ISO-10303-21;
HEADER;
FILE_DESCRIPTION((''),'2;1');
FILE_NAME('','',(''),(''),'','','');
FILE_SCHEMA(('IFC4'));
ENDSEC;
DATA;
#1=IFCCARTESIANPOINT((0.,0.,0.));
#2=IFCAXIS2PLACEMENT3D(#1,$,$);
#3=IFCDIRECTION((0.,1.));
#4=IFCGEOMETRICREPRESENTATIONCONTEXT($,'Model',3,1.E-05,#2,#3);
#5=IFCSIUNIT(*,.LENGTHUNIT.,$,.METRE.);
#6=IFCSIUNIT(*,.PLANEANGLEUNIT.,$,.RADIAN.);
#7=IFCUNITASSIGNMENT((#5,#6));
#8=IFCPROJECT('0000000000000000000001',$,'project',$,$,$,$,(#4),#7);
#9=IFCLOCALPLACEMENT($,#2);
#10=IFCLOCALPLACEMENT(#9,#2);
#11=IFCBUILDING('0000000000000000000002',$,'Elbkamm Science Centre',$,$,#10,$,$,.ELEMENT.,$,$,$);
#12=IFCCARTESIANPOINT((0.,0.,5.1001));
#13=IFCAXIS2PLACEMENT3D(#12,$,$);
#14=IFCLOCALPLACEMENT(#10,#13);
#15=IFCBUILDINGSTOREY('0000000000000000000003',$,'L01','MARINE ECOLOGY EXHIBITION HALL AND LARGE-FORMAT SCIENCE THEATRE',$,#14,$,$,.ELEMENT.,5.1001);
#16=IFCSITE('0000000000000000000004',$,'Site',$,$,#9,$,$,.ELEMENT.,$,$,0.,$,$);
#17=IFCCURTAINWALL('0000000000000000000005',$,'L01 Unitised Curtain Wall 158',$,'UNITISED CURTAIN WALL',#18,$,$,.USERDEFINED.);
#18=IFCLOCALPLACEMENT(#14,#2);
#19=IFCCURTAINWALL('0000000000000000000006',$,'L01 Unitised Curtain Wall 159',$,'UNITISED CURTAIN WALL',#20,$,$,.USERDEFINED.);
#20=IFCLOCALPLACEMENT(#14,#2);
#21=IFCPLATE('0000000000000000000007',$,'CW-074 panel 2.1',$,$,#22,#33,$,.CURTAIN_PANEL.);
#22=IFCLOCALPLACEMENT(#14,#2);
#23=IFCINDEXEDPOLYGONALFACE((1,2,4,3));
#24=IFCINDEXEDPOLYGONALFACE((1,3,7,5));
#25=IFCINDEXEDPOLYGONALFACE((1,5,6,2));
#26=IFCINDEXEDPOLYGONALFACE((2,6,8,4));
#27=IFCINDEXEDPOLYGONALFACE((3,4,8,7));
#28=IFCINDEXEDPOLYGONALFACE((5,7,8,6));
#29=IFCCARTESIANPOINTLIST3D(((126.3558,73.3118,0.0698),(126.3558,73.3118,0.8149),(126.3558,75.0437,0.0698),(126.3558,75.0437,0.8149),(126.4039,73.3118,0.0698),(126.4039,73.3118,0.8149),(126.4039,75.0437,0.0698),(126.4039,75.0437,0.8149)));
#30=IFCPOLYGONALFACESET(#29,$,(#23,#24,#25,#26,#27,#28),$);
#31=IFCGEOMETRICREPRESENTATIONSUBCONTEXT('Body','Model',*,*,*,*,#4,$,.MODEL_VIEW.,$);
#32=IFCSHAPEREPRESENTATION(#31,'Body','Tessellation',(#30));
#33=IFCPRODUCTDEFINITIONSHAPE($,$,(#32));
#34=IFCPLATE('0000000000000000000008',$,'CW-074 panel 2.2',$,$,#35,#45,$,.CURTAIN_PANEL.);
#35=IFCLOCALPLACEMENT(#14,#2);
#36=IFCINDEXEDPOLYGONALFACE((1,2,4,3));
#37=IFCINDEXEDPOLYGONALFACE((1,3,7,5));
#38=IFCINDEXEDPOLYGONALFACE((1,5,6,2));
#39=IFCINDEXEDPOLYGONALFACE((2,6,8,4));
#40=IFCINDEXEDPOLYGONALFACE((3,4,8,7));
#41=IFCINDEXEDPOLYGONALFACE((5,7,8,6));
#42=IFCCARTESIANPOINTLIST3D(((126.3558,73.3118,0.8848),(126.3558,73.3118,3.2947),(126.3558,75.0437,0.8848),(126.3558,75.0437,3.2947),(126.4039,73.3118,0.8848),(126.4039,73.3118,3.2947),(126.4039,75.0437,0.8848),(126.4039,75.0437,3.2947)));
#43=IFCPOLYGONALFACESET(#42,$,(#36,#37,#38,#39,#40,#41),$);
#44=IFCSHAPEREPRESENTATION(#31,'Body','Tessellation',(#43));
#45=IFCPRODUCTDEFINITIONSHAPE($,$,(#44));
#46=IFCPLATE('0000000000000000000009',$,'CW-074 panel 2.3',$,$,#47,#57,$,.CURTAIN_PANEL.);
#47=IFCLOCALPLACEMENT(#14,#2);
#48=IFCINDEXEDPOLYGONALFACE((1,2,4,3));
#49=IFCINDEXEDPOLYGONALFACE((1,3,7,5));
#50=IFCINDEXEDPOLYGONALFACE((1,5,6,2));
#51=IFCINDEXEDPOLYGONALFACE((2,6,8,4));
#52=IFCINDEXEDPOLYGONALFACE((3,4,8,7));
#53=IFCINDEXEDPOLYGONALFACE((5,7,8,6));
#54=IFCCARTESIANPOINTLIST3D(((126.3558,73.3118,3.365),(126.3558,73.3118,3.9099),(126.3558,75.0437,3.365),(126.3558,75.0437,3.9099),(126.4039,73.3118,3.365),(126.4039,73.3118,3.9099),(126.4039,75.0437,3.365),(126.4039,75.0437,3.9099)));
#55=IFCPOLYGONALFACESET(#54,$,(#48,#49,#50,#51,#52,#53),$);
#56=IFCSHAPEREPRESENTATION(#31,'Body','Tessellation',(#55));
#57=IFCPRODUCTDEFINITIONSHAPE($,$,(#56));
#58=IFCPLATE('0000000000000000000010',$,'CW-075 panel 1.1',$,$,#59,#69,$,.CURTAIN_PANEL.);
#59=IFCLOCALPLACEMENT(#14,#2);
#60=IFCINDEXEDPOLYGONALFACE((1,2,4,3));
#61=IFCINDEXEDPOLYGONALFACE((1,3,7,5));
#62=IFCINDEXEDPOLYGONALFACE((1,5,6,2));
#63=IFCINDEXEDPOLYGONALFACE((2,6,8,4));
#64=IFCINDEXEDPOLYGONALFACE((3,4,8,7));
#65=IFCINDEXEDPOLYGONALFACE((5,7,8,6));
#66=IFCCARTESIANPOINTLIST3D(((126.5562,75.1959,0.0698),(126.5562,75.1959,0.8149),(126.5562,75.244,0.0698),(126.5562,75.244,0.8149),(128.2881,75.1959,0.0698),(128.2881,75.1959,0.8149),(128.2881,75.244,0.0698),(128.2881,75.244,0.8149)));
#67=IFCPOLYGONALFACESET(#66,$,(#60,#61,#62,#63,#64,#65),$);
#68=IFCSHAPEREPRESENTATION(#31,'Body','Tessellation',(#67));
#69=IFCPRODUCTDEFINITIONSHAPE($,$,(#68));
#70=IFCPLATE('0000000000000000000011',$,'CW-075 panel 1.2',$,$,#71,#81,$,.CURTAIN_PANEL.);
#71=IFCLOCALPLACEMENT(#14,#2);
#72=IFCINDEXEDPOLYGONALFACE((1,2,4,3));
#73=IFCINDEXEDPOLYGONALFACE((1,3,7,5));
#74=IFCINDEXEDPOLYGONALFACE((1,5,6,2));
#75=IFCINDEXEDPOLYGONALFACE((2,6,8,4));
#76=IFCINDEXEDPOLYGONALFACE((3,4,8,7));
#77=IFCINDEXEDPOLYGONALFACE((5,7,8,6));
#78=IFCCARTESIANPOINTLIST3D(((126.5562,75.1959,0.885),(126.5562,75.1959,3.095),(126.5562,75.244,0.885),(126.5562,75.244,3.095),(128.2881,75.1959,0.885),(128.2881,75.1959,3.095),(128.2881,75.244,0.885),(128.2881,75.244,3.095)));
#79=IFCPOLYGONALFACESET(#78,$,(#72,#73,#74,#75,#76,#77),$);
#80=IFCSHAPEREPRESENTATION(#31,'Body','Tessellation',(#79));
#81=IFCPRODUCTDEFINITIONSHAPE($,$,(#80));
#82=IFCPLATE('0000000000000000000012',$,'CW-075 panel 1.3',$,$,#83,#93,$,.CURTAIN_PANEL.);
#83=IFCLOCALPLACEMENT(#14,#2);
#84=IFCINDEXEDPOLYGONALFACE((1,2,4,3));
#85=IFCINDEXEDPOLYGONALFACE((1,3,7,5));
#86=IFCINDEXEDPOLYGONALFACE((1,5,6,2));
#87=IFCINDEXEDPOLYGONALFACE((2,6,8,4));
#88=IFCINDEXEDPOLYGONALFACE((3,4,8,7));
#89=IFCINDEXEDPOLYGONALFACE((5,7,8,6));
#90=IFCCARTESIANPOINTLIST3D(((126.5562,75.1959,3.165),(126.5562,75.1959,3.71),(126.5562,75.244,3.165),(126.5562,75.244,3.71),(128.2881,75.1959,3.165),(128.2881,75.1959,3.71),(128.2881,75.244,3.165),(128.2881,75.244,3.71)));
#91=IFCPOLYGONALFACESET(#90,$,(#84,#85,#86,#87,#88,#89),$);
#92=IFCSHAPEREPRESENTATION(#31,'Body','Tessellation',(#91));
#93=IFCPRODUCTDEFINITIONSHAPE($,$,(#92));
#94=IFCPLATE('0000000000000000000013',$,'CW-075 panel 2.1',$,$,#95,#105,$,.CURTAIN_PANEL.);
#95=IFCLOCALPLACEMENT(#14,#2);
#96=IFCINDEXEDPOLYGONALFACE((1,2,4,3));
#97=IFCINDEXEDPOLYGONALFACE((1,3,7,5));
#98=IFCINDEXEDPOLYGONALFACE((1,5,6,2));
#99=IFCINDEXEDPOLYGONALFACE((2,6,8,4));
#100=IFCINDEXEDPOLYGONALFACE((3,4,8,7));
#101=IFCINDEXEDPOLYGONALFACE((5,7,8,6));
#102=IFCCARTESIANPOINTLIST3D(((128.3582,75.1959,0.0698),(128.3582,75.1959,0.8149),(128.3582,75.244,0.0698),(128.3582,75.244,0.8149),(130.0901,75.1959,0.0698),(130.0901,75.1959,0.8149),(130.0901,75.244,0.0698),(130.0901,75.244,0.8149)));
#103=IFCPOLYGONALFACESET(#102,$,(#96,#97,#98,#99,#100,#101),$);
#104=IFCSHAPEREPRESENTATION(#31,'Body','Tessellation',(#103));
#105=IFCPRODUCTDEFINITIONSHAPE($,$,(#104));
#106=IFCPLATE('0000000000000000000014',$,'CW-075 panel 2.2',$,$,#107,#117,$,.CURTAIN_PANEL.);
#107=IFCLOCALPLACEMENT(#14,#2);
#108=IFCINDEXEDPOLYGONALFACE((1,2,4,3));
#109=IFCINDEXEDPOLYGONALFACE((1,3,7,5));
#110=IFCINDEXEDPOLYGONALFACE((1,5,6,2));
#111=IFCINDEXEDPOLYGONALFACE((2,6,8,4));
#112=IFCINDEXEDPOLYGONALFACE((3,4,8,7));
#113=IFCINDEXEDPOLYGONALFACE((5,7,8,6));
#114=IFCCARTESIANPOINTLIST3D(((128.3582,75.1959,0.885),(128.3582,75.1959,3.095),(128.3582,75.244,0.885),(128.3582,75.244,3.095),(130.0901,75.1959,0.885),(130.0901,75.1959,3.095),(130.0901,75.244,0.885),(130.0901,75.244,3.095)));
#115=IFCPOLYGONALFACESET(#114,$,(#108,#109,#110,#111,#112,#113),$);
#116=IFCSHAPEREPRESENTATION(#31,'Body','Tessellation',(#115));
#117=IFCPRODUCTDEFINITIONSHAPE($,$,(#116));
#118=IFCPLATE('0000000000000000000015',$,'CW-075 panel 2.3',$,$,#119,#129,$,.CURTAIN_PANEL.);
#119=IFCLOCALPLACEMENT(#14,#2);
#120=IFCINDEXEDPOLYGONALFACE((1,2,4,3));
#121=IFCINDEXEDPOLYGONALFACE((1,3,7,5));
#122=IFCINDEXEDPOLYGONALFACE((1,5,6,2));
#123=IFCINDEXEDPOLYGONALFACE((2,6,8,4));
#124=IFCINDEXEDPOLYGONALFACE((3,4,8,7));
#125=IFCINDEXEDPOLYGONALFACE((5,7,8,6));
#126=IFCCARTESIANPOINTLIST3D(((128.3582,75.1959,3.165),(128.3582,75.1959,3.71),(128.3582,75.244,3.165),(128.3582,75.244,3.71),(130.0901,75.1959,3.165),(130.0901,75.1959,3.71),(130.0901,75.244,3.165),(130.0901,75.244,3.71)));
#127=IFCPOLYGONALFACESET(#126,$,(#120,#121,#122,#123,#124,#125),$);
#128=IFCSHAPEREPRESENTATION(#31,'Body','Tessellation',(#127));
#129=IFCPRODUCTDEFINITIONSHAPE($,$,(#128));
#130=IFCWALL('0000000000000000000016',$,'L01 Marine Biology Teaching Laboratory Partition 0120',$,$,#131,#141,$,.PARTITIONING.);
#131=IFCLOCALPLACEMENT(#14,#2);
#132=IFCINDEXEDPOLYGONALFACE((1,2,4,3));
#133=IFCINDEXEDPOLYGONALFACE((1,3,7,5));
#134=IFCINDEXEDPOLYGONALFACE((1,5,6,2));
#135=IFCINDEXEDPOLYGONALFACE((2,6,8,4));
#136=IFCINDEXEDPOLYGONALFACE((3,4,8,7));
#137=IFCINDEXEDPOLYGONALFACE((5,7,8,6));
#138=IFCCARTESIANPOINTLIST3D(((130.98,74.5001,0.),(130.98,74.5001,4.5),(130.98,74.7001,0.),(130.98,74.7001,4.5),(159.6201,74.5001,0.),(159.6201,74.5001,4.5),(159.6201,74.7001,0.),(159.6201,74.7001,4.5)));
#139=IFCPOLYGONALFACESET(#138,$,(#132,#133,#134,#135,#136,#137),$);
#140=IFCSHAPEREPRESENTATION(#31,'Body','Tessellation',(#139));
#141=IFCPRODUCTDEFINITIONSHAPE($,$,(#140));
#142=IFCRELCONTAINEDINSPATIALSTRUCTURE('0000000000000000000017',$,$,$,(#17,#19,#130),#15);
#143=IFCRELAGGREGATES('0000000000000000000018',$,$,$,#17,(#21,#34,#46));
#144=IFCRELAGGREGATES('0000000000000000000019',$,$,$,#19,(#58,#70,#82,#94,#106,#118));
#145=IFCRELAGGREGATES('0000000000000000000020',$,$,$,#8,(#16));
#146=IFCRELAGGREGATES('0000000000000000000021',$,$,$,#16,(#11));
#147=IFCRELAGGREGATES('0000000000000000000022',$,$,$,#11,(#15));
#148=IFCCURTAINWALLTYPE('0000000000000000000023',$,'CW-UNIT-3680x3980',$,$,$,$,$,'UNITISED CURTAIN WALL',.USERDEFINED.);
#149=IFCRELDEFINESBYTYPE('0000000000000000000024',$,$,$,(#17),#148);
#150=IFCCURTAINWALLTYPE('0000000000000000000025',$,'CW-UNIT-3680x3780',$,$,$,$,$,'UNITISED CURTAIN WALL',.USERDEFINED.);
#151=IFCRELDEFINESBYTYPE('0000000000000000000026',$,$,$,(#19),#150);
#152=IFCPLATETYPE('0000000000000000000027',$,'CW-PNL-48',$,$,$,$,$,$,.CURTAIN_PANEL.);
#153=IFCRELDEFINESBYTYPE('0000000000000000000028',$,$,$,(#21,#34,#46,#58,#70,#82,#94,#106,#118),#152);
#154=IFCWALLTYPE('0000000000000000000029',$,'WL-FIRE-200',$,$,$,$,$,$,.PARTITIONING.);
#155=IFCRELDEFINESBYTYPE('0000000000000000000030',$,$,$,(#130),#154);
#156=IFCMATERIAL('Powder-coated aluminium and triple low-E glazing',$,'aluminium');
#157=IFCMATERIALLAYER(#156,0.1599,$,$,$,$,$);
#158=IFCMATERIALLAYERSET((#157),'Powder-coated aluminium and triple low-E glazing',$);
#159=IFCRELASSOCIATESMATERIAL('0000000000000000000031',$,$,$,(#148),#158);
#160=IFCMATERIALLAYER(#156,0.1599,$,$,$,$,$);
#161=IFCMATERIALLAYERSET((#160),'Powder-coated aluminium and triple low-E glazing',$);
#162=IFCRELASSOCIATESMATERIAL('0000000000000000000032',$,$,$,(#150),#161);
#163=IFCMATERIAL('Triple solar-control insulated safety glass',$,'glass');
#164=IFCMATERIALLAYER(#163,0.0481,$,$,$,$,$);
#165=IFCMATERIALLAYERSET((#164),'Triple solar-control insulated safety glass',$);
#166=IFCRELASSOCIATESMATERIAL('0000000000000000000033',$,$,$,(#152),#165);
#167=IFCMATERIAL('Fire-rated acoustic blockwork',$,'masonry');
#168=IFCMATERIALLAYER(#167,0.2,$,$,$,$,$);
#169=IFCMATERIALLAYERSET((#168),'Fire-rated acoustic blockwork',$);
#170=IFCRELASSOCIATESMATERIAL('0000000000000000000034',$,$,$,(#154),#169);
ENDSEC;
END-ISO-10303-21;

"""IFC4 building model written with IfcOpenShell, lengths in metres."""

from ifc_helpers import new_model, si_unit, direction, frame, frame_2d, origin, origin_2d, place, context, subcontext, project, spatial, rectangle, extrude, material, layer, layer_set, type_object, element, aggregate, save


model = new_model("IFC4")

# Units and contexts
model_context = context("Model", 3, precision=1e-05, world=origin(), true_north=direction((0.0, 1.0)))
body_context = subcontext(model_context, "Body", "Model", "MODEL_VIEW")
ifc_project = project(units=[si_unit("LENGTHUNIT", "METRE"), si_unit("PLANEANGLEUNIT", "RADIAN")], contexts=[model_context])

# Site, building, storey
site_placement = place(None, origin())
site = spatial("IfcSite", under=ifc_project, at=site_placement, Name="Site", CompositionType="ELEMENT", RefElevation=0.0)
building_placement = place(site_placement, origin())
building = spatial("IfcBuilding", under=site, at=building_placement, Name="Elbkamm Science Centre", CompositionType="ELEMENT")
storey_placement = place(building_placement, frame((0.0, 0.0, 5.1001)))
storey = spatial("IfcBuildingStorey", under=building, at=storey_placement, Name="L01", Description="MARINE ECOLOGY EXHIBITION HALL AND LARGE-FORMAT SCIENCE THEATRE", CompositionType="ELEMENT", Elevation=5.1001)

# Curtain walls
ifc_material_1 = material(Name="Powder-coated aluminium and triple low-E glazing", Category="aluminium")
ifc_layer_1 = layer(ifc_material_1, 0.1599)
ifc_layer_set_1 = layer_set([ifc_layer_1], Name="Powder-coated aluminium and triple low-E glazing")
curtain_wall_type_1 = type_object("IfcCurtainWallType", Name="CW-UNIT-3680x3980", ElementType="UNITISED CURTAIN WALL", PredefinedType="USERDEFINED", material=ifc_layer_set_1)
curtain_wall_1_placement = place(storey_placement, origin())
curtain_wall_1 = element("IfcCurtainWall", 1, at=curtain_wall_1_placement, inside=storey, type_object=curtain_wall_type_1, Name="L01 Unitised Curtain Wall 158", ObjectType="UNITISED CURTAIN WALL", PredefinedType="USERDEFINED")
ifc_layer_2 = layer(ifc_material_1, 0.1599)
ifc_layer_set_2 = layer_set([ifc_layer_2], Name="Powder-coated aluminium and triple low-E glazing")
curtain_wall_type_2 = type_object("IfcCurtainWallType", Name="CW-UNIT-3680x3780", ElementType="UNITISED CURTAIN WALL", PredefinedType="USERDEFINED", material=ifc_layer_set_2)
curtain_wall_2_placement = place(storey_placement, origin())
curtain_wall_2 = element("IfcCurtainWall", 2, at=curtain_wall_2_placement, inside=storey, type_object=curtain_wall_type_2, Name="L01 Unitised Curtain Wall 159", ObjectType="UNITISED CURTAIN WALL", PredefinedType="USERDEFINED")

# Plates
ifc_material_2 = material(Name="Triple solar-control insulated safety glass", Category="glass")
ifc_layer_3 = layer(ifc_material_2, 0.0481)
ifc_layer_set_3 = layer_set([ifc_layer_3], Name="Triple solar-control insulated safety glass")
plate_type = type_object("IfcPlateType", Name="CW-PNL-48", PredefinedType="CURTAIN_PANEL", material=ifc_layer_set_3)
plate_1_placement = place(storey_placement, frame((126.3799, 74.1777, 0.0698), z_axis=(0.0, 0.0, 1.0), x_axis=(0.0, 1.0, 0.0)))
plate_1 = element("IfcPlate", 3, at=plate_1_placement, type_object=plate_type, Name="CW-074 panel 2.1", PredefinedType="CURTAIN_PANEL", context=body_context, shape_type="SweptSolid", body=[
    extrude(rectangle(XDim=1.7319, YDim=0.0481, at=origin_2d()), origin(), (0.0, 0.0, 1.0), 0.7451),
])
plate_2_placement = place(storey_placement, frame((126.3799, 74.1777, 0.8848), z_axis=(0.0, 0.0, 1.0), x_axis=(0.0, 1.0, 0.0)))
plate_2 = element("IfcPlate", 4, at=plate_2_placement, type_object=plate_type, Name="CW-074 panel 2.2", PredefinedType="CURTAIN_PANEL", context=body_context, shape_type="SweptSolid", body=[
    extrude(rectangle(XDim=1.7319, YDim=0.0481, at=origin_2d()), origin(), (0.0, 0.0, 1.0), 2.4099),
])
plate_3_placement = place(storey_placement, frame((126.3799, 74.1777, 3.365), z_axis=(0.0, 0.0, 1.0), x_axis=(0.0, 1.0, 0.0)))
plate_3 = element("IfcPlate", 5, at=plate_3_placement, type_object=plate_type, Name="CW-074 panel 2.3", PredefinedType="CURTAIN_PANEL", context=body_context, shape_type="SweptSolid", body=[
    extrude(rectangle(XDim=1.7319, YDim=0.0481, at=origin_2d()), origin(), (0.0, 0.0, 1.0), 0.5449),
])
aggregate(curtain_wall_1, [plate_1, plate_2, plate_3])
plate_4_placement = place(storey_placement, frame((127.4221, 75.22, 0.0698), z_axis=(0.0, 0.0, 1.0), x_axis=(1.0, 0.0, 0.0)))
plate_4 = element("IfcPlate", 6, at=plate_4_placement, type_object=plate_type, Name="CW-075 panel 1.1", PredefinedType="CURTAIN_PANEL", context=body_context, shape_type="SweptSolid", body=[
    extrude(rectangle(XDim=1.7319, YDim=0.0481, at=origin_2d()), origin(), (0.0, 0.0, 1.0), 0.7451),
])
plate_5_placement = place(storey_placement, frame((127.4221, 75.22, 0.885), z_axis=(0.0, 0.0, 1.0), x_axis=(1.0, 0.0, 0.0)))
plate_5 = element("IfcPlate", 7, at=plate_5_placement, type_object=plate_type, Name="CW-075 panel 1.2", PredefinedType="CURTAIN_PANEL", context=body_context, shape_type="SweptSolid", body=[
    extrude(rectangle(XDim=1.7319, YDim=0.0481, at=origin_2d()), origin(), (0.0, 0.0, 1.0), 2.21),
])
plate_6_placement = place(storey_placement, frame((127.4221, 75.22, 3.165), z_axis=(0.0, 0.0, 1.0), x_axis=(1.0, 0.0, 0.0)))
plate_6 = element("IfcPlate", 8, at=plate_6_placement, type_object=plate_type, Name="CW-075 panel 1.3", PredefinedType="CURTAIN_PANEL", context=body_context, shape_type="SweptSolid", body=[
    extrude(rectangle(XDim=1.7319, YDim=0.0481, at=origin_2d()), origin(), (0.0, 0.0, 1.0), 0.5449),
])
plate_7_placement = place(storey_placement, frame((129.2241, 75.22, 0.0698), z_axis=(0.0, 0.0, 1.0), x_axis=(1.0, 0.0, 0.0)))
plate_7 = element("IfcPlate", 9, at=plate_7_placement, type_object=plate_type, Name="CW-075 panel 2.1", PredefinedType="CURTAIN_PANEL", context=body_context, shape_type="SweptSolid", body=[
    extrude(rectangle(XDim=1.7319, YDim=0.0481, at=origin_2d()), origin(), (0.0, 0.0, 1.0), 0.7451),
])
plate_8_placement = place(storey_placement, frame((129.2241, 75.22, 0.885), z_axis=(0.0, 0.0, 1.0), x_axis=(1.0, 0.0, 0.0)))
plate_8 = element("IfcPlate", 10, at=plate_8_placement, type_object=plate_type, Name="CW-075 panel 2.2", PredefinedType="CURTAIN_PANEL", context=body_context, shape_type="SweptSolid", body=[
    extrude(rectangle(XDim=1.7319, YDim=0.0481, at=origin_2d()), origin(), (0.0, 0.0, 1.0), 2.21),
])
plate_9_placement = place(storey_placement, frame((129.2241, 75.22, 3.165), z_axis=(0.0, 0.0, 1.0), x_axis=(1.0, 0.0, 0.0)))
plate_9 = element("IfcPlate", 11, at=plate_9_placement, type_object=plate_type, Name="CW-075 panel 2.3", PredefinedType="CURTAIN_PANEL", context=body_context, shape_type="SweptSolid", body=[
    extrude(rectangle(XDim=1.7319, YDim=0.0481, at=origin_2d()), origin(), (0.0, 0.0, 1.0), 0.5449),
])
aggregate(curtain_wall_2, [plate_4, plate_5, plate_6, plate_7, plate_8, plate_9])

# Wall
ifc_material_3 = material(Name="Fire-rated acoustic blockwork", Category="masonry")
ifc_layer_4 = layer(ifc_material_3, 0.2)
ifc_layer_set_4 = layer_set([ifc_layer_4], Name="Fire-rated acoustic blockwork")
wall_type = type_object("IfcWallType", Name="WL-FIRE-200", PredefinedType="PARTITIONING", material=ifc_layer_set_4)
wall_placement = place(storey_placement, frame((130.98, 74.6001, 0.0), z_axis=(0.0, 0.0, 1.0), x_axis=(1.0, 0.0, 0.0)))
element("IfcWall", 12, at=wall_placement, inside=storey, type_object=wall_type, Name="L01 Marine Biology Teaching Laboratory Partition 0120", PredefinedType="PARTITIONING", context=body_context, shape_type="SweptSolid", body=[
    extrude(rectangle(XDim=28.6401, YDim=0.2, at=frame_2d((14.3201, 0.0))), origin(), (0.0, 0.0, 1.0), 4.5),
])

save(model, "model.ifc")
